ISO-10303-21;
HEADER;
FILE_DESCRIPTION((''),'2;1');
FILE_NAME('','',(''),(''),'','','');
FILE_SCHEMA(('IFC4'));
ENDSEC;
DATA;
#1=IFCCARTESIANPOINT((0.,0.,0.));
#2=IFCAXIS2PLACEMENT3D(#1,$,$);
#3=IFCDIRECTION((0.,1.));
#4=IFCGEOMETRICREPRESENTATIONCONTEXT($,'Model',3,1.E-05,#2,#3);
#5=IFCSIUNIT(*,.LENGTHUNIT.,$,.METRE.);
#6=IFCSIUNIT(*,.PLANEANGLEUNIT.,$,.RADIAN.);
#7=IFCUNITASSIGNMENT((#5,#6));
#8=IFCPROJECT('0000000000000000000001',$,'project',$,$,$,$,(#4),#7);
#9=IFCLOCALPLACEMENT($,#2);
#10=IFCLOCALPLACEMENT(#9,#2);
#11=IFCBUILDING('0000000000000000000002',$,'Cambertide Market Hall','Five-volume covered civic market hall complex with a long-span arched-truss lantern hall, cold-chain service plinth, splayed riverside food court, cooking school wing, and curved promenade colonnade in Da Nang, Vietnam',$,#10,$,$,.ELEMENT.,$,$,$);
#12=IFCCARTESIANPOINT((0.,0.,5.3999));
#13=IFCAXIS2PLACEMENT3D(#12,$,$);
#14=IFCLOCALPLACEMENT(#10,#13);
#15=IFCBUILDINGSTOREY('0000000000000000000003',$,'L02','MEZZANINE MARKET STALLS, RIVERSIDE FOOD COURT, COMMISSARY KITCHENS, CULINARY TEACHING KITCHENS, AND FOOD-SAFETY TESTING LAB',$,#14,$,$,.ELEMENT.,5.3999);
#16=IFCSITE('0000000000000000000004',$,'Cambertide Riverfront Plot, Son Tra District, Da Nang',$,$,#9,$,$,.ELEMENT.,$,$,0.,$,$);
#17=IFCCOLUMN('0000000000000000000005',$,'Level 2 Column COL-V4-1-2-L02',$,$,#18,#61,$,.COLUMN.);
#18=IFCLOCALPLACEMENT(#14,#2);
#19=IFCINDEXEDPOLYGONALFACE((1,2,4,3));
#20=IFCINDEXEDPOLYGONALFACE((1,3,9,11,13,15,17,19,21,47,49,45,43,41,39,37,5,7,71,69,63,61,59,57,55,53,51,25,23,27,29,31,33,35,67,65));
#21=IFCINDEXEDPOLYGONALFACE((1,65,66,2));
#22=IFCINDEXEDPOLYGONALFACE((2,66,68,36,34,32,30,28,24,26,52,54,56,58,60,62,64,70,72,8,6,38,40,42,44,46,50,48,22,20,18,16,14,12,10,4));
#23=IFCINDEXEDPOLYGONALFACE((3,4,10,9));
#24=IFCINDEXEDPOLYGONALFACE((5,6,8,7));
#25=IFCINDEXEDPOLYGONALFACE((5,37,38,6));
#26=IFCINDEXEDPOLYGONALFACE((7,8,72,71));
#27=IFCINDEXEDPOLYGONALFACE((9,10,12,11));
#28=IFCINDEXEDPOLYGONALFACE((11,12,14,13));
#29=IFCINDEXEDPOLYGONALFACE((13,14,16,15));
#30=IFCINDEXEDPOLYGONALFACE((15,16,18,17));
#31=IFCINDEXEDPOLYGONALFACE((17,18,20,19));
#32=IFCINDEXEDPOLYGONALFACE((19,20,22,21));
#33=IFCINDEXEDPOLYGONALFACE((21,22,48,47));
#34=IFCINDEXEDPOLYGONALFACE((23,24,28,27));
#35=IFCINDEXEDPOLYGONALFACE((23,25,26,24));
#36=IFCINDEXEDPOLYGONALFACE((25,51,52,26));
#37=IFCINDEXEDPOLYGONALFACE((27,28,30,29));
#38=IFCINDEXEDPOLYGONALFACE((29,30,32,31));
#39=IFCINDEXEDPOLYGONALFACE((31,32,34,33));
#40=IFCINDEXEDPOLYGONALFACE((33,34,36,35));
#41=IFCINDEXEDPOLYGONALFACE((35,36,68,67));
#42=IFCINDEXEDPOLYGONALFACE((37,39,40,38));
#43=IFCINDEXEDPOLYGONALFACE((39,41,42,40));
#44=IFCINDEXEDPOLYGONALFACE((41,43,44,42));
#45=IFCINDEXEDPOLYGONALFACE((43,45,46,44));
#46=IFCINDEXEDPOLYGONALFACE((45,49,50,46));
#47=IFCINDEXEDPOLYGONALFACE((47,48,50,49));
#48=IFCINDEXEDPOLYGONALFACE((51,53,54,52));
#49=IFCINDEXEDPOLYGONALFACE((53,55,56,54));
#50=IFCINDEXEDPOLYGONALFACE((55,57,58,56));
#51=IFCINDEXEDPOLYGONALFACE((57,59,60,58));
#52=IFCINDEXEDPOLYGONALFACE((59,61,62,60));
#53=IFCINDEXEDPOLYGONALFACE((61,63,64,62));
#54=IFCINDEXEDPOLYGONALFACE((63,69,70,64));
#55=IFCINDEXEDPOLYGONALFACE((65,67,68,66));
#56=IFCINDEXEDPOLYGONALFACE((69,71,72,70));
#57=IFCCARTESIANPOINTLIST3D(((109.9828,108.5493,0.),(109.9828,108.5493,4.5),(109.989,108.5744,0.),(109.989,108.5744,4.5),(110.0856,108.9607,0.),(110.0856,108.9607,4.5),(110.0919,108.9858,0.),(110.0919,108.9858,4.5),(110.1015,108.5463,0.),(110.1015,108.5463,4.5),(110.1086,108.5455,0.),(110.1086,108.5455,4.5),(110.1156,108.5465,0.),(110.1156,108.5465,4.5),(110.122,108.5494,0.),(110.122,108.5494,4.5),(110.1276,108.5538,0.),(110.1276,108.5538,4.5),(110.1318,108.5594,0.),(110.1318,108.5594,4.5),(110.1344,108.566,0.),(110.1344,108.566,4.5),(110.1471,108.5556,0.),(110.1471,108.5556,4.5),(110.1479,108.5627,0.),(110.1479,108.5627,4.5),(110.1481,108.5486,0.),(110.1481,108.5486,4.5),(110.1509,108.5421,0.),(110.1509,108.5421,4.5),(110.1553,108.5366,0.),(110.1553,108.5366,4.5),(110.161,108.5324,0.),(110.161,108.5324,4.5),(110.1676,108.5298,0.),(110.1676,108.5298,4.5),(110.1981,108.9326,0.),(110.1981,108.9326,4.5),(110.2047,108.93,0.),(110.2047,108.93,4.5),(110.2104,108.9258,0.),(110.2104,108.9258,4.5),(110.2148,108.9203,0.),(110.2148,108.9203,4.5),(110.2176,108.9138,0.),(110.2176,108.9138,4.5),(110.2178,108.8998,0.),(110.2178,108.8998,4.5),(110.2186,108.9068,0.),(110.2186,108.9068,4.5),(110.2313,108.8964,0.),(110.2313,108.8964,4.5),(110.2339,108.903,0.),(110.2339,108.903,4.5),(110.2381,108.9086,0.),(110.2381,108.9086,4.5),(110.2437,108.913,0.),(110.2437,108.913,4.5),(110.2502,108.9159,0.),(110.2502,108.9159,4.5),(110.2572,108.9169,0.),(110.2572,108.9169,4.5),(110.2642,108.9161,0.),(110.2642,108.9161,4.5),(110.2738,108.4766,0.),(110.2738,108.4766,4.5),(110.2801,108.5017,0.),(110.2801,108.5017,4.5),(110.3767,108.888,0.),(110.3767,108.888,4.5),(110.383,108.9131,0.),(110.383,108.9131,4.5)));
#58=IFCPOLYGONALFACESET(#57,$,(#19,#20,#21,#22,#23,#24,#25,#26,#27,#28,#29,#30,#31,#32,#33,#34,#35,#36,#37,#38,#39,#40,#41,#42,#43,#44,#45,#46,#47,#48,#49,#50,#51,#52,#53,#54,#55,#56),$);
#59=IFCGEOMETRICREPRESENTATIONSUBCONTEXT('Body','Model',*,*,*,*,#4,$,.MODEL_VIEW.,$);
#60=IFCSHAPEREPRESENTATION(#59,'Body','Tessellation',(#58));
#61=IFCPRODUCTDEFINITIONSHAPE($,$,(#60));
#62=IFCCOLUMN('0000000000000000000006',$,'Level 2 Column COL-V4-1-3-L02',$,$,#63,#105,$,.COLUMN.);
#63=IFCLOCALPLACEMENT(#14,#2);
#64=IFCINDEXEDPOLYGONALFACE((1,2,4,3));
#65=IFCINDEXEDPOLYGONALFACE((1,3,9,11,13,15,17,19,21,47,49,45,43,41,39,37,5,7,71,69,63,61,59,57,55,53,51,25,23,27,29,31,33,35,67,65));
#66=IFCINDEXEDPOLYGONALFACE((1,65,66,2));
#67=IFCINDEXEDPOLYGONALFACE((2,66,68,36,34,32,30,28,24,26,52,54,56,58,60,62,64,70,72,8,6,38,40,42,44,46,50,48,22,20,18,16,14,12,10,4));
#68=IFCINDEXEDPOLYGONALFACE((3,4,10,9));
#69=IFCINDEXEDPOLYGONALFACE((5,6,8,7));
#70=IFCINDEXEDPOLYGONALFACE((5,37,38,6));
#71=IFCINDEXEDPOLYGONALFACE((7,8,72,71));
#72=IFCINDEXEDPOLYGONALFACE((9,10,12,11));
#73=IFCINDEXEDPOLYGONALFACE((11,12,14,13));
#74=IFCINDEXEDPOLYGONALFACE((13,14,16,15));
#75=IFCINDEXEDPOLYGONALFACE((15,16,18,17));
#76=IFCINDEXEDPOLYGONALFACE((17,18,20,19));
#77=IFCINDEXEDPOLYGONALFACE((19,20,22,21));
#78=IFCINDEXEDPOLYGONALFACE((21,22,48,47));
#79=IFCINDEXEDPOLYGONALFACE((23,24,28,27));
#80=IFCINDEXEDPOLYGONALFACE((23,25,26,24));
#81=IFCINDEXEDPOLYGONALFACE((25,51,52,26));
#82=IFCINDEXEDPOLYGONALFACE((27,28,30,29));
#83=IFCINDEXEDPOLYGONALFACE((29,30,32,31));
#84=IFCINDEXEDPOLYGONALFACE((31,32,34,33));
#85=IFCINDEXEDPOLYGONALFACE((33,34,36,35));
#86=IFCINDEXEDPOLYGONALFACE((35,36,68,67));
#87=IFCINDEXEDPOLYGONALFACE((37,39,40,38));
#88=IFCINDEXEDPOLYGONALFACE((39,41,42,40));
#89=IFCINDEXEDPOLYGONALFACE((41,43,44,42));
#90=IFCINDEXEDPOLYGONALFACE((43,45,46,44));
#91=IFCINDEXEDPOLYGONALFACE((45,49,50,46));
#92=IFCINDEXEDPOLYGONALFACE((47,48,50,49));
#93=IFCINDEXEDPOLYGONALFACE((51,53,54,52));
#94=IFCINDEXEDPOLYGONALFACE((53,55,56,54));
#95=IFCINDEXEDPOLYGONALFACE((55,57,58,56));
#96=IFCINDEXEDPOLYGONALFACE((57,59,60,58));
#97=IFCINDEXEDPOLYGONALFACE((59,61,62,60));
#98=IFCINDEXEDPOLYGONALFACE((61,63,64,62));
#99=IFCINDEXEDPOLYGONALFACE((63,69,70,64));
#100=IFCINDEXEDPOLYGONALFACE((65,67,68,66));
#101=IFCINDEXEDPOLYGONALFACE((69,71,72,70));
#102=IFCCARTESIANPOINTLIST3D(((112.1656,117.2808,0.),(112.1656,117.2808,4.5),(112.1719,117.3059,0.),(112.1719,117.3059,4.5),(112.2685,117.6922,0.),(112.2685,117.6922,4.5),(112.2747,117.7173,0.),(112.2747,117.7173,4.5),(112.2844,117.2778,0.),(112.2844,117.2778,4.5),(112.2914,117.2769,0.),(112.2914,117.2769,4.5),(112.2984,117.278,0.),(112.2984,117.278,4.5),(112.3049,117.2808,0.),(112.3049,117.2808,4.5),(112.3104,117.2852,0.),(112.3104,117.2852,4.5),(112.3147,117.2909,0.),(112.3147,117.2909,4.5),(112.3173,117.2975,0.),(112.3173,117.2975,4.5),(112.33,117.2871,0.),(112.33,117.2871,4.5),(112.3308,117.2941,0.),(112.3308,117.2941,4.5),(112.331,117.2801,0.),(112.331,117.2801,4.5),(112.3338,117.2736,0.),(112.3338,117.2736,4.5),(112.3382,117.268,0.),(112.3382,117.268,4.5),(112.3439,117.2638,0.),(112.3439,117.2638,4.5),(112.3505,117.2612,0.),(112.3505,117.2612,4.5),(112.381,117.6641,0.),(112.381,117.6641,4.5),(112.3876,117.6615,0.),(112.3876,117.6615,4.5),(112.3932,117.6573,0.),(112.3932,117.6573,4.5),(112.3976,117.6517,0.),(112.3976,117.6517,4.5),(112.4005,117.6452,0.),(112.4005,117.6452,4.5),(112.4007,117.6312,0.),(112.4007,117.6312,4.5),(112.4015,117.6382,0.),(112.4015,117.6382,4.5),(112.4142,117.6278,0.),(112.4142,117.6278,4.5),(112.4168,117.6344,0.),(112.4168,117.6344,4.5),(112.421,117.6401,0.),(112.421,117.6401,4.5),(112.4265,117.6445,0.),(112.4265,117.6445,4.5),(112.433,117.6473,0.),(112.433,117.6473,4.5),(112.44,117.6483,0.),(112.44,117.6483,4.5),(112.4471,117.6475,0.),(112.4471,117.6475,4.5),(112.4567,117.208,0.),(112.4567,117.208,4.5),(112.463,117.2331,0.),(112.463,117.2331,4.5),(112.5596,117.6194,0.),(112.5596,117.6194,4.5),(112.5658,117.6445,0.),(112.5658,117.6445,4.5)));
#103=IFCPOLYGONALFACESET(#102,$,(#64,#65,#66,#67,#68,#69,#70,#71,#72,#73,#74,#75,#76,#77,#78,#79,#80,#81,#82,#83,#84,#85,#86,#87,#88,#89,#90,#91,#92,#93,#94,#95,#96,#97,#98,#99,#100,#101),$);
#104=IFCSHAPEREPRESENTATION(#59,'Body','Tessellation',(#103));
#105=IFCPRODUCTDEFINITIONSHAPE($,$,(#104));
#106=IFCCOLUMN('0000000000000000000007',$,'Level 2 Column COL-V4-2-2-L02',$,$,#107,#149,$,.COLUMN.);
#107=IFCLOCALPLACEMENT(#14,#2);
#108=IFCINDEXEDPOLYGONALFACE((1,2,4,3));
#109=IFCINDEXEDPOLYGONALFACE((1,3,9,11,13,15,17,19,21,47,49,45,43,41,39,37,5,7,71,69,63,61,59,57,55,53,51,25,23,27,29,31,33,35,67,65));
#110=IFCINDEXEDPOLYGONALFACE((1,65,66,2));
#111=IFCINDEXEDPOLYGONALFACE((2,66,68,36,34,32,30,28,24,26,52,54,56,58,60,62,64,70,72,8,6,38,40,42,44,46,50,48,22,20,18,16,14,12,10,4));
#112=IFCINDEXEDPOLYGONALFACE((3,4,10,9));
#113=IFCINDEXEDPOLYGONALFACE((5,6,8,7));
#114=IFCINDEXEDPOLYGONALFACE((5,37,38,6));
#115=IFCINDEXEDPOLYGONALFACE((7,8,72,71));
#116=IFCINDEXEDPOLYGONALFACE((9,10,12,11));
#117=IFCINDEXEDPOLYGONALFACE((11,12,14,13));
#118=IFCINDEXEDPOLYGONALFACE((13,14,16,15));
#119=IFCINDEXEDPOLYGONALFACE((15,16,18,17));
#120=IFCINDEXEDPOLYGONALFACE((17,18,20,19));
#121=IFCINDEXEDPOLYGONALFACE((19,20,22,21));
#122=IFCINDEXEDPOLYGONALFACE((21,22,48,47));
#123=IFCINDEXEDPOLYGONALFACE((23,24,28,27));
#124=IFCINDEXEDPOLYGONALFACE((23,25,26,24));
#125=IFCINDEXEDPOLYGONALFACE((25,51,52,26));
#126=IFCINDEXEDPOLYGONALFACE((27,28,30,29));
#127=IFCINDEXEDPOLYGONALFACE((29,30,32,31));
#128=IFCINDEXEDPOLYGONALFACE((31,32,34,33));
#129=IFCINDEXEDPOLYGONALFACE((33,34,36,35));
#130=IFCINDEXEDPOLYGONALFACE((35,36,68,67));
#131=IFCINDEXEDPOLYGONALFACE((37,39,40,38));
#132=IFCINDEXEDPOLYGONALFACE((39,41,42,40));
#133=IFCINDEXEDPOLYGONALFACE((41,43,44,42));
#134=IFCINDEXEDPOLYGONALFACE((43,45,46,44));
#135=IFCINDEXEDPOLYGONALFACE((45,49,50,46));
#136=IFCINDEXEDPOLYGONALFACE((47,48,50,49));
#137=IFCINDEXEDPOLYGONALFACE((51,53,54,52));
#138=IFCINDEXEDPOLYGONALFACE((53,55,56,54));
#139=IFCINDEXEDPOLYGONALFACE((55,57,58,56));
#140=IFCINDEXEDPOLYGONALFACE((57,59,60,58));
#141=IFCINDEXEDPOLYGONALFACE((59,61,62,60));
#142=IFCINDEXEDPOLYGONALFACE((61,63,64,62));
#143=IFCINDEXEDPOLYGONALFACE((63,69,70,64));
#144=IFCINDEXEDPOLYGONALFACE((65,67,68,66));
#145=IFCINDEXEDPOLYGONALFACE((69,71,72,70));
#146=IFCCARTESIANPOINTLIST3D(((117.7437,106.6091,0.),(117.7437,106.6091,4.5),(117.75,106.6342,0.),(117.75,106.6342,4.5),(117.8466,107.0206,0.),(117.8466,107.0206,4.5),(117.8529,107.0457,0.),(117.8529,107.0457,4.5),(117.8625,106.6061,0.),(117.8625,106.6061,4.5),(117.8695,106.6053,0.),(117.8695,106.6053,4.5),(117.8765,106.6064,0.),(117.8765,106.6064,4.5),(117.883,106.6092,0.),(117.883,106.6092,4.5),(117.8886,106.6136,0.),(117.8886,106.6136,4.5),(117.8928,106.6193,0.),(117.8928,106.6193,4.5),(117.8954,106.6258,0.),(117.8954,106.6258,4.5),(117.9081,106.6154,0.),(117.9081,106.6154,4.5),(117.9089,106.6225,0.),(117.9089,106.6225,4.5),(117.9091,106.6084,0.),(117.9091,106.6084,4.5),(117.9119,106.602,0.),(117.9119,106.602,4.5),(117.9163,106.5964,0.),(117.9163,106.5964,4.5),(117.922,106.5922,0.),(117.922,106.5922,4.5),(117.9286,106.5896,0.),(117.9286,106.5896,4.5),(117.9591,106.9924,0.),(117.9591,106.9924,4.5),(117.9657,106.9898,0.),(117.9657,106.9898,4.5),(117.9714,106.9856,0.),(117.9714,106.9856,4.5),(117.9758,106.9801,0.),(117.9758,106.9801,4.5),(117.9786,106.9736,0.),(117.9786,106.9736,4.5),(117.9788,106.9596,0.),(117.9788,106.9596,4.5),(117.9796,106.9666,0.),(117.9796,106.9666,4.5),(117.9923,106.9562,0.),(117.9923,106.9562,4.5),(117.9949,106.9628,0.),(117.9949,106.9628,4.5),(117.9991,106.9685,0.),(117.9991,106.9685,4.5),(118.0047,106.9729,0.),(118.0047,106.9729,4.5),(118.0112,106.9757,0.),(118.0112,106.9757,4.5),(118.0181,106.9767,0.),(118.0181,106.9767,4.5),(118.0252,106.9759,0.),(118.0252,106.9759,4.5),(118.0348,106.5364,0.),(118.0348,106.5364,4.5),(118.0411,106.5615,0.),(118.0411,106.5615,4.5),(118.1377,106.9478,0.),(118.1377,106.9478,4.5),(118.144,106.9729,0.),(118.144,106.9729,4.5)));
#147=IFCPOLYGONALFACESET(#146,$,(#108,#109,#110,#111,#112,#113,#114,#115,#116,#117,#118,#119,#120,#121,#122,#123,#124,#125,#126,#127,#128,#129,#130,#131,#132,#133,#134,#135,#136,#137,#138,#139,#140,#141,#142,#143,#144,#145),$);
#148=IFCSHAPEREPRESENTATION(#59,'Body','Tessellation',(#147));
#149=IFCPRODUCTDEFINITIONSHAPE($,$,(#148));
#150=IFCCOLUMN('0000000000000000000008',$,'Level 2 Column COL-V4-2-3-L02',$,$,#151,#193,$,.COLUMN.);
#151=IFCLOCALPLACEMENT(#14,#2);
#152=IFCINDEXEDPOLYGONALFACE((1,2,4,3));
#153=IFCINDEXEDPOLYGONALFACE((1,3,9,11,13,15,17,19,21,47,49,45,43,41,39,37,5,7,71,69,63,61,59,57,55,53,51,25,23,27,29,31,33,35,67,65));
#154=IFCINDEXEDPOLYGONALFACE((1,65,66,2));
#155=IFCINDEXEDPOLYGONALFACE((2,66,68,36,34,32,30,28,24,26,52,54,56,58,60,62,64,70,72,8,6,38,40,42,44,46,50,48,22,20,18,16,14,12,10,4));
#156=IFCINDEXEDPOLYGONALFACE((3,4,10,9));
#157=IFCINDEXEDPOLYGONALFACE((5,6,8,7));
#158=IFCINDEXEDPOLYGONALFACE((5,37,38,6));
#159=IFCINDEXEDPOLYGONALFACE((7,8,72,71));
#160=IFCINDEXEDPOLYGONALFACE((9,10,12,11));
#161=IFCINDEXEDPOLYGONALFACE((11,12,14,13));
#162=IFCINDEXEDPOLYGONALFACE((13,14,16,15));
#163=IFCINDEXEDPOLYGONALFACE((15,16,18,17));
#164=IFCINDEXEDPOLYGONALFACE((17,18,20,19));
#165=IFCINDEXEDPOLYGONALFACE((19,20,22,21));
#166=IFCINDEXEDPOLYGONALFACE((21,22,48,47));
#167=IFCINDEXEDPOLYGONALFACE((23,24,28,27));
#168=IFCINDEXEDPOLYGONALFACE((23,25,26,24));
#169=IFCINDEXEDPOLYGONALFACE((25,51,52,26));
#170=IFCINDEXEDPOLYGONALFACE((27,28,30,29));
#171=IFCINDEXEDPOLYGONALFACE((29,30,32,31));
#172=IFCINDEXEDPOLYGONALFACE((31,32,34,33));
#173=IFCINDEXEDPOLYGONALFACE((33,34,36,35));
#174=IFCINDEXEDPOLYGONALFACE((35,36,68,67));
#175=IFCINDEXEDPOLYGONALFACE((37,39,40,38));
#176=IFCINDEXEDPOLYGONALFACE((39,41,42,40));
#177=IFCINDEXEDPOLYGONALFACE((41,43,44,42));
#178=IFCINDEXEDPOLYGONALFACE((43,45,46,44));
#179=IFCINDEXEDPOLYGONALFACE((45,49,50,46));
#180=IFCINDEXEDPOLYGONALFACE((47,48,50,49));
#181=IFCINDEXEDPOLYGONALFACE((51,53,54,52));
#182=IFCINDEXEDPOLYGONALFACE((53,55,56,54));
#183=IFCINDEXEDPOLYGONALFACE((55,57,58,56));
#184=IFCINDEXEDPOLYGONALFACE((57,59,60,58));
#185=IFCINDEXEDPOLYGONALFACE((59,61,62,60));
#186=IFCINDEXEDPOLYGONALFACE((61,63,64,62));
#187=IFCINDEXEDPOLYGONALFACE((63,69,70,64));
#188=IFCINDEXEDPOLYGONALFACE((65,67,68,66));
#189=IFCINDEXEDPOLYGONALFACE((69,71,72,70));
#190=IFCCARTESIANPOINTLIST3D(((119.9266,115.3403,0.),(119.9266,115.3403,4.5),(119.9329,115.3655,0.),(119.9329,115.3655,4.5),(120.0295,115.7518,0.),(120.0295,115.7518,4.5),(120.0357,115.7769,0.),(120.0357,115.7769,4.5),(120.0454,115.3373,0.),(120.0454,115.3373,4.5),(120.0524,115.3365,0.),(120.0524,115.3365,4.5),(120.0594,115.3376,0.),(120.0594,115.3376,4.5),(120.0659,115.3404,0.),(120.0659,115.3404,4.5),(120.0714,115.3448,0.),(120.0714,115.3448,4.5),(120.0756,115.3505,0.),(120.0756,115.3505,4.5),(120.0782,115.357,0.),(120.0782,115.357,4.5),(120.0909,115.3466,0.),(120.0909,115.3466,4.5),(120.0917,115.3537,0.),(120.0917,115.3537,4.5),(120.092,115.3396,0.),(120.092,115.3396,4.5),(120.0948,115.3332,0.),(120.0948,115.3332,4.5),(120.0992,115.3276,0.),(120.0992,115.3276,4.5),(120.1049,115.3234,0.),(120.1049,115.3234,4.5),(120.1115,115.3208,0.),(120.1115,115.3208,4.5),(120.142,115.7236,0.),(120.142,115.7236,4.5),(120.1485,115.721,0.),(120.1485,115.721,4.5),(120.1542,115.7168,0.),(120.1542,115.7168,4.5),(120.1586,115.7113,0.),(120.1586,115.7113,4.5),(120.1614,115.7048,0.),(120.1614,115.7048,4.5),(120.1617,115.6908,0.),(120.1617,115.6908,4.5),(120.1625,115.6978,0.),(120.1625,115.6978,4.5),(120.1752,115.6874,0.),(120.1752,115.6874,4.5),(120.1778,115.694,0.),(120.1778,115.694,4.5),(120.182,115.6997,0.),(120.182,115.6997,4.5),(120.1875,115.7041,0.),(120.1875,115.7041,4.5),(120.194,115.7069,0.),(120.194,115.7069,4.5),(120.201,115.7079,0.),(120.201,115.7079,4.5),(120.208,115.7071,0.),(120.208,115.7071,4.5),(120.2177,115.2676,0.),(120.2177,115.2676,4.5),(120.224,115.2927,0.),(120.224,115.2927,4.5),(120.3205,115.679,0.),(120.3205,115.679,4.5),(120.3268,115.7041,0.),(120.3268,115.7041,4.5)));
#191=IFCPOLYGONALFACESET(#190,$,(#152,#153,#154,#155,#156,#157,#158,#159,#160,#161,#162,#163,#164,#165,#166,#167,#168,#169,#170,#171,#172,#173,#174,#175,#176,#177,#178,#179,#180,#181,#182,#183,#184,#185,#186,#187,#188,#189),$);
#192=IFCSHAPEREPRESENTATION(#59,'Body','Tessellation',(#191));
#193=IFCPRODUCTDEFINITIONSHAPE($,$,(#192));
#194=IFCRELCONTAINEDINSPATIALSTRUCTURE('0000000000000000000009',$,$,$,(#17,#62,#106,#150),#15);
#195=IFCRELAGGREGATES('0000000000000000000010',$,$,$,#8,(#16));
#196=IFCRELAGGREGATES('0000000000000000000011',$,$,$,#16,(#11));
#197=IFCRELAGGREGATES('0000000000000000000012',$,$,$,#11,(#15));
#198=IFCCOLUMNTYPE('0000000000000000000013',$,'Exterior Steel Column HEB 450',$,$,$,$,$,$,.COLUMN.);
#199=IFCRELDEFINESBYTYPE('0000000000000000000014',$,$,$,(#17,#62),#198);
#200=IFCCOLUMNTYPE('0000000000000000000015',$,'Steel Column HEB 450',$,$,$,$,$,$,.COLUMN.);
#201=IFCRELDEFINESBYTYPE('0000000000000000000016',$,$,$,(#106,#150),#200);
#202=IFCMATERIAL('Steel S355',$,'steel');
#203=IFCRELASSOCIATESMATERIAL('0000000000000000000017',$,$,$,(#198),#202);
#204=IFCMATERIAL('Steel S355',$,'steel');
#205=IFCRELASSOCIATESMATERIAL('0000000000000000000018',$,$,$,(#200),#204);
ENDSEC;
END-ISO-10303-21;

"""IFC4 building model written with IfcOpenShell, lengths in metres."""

from ifc_helpers import new_model, si_unit, direction, frame, origin, origin_2d, place, context, subcontext, project, spatial, i_section, extrude, material, material_profile, profile_set, type_object, element, save


model = new_model("IFC4")

# Units and contexts
model_context = context("Model", 3, precision=1e-05, world=origin(), true_north=direction((0.0, 1.0)))
body_context = subcontext(model_context, "Body", "Model", "MODEL_VIEW")
ifc_project = project(units=[si_unit("LENGTHUNIT", "METRE"), si_unit("PLANEANGLEUNIT", "RADIAN")], contexts=[model_context])

# Site, building, storey
site_placement = place(None, origin())
site = spatial("IfcSite", under=ifc_project, at=site_placement, Name="Cambertide Riverfront Plot, Son Tra District, Da Nang", CompositionType="ELEMENT", RefElevation=0.0)
building_placement = place(site_placement, origin())
building = spatial("IfcBuilding", under=site, at=building_placement, Name="Cambertide Market Hall", Description="Five-volume covered civic market hall complex with a long-span arched-truss lantern hall, cold-chain service plinth, splayed riverside food court, cooking school wing, and curved promenade colonnade in Da Nang, Vietnam", CompositionType="ELEMENT")
storey_placement = place(building_placement, frame((0.0, 0.0, 5.3999)))
storey = spatial("IfcBuildingStorey", under=building, at=storey_placement, Name="L02", Description="MEZZANINE MARKET STALLS, RIVERSIDE FOOD COURT, COMMISSARY KITCHENS, CULINARY TEACHING KITCHENS, AND FOOD-SAFETY TESTING LAB", CompositionType="ELEMENT", Elevation=5.3999)

# Columns
ifc_material_1 = material(Name="Steel S355", Category="steel")
ifc_material_profile_1 = material_profile(ifc_material_1, i_section(OverallWidth=0.3, OverallDepth=0.45, WebThickness=0.0139, FlangeThickness=0.0259, FilletRadius=0.0271, at=origin_2d()), Name="HEB 450")
ifc_profile_set_1 = profile_set([ifc_material_profile_1], Name="Steel S355")
column_type_1 = type_object("IfcColumnType", Name="Exterior Steel Column HEB 450", PredefinedType="COLUMN", material=ifc_profile_set_1)
for number, where, z_axis, x_axis, name in (
    (1, (110.1829, 108.7312, 0.0), (0.0, 0.0, 1.0), (0.970143, -0.242536, 0.0), "Level 2 Column COL-V4-1-2-L02"),
    (2, (112.3657, 117.4626, 0.0), (0.0, 0.0, 1.0), (0.970143, -0.242536, 0.0), "Level 2 Column COL-V4-1-3-L02"),
):
    element("IfcColumn", number, at=place(storey_placement, frame(where, z_axis=z_axis, x_axis=x_axis)), inside=storey, type_object=column_type_1, Name=name, PredefinedType="COLUMN", context=body_context, shape_type="SweptSolid", body=[
        extrude(i_section(OverallWidth=0.3, OverallDepth=0.45, WebThickness=0.0139, FlangeThickness=0.0259, FilletRadius=0.0271, at=origin_2d()), origin(), (0.0, 0.0, 1.0), 4.5),
    ])
ifc_material_2 = material(Name="Steel S355", Category="steel")
ifc_material_profile_2 = material_profile(ifc_material_2, i_section(OverallWidth=0.3, OverallDepth=0.45, WebThickness=0.0139, FlangeThickness=0.0259, FilletRadius=0.0271, at=origin_2d()), Name="HEB 450")
ifc_profile_set_2 = profile_set([ifc_material_profile_2], Name="Steel S355")
column_type_2 = type_object("IfcColumnType", Name="Steel Column HEB 450", PredefinedType="COLUMN", material=ifc_profile_set_2)
for number, where, z_axis, x_axis, name in (
    (3, (117.9438, 106.791, 0.0), (0.0, 0.0, 1.0), (0.970143, -0.242536, 0.0), "Level 2 Column COL-V4-2-2-L02"),
    (4, (120.1267, 115.5222, 0.0), (0.0, 0.0, 1.0), (0.970143, -0.242536, 0.0), "Level 2 Column COL-V4-2-3-L02"),
):
    element("IfcColumn", number, at=place(storey_placement, frame(where, z_axis=z_axis, x_axis=x_axis)), inside=storey, type_object=column_type_2, Name=name, PredefinedType="COLUMN", context=body_context, shape_type="SweptSolid", body=[
        extrude(i_section(OverallWidth=0.3, OverallDepth=0.45, WebThickness=0.0139, FlangeThickness=0.0259, FilletRadius=0.0271, at=origin_2d()), origin(), (0.0, 0.0, 1.0), 4.5),
    ])

save(model, "model.ifc")
